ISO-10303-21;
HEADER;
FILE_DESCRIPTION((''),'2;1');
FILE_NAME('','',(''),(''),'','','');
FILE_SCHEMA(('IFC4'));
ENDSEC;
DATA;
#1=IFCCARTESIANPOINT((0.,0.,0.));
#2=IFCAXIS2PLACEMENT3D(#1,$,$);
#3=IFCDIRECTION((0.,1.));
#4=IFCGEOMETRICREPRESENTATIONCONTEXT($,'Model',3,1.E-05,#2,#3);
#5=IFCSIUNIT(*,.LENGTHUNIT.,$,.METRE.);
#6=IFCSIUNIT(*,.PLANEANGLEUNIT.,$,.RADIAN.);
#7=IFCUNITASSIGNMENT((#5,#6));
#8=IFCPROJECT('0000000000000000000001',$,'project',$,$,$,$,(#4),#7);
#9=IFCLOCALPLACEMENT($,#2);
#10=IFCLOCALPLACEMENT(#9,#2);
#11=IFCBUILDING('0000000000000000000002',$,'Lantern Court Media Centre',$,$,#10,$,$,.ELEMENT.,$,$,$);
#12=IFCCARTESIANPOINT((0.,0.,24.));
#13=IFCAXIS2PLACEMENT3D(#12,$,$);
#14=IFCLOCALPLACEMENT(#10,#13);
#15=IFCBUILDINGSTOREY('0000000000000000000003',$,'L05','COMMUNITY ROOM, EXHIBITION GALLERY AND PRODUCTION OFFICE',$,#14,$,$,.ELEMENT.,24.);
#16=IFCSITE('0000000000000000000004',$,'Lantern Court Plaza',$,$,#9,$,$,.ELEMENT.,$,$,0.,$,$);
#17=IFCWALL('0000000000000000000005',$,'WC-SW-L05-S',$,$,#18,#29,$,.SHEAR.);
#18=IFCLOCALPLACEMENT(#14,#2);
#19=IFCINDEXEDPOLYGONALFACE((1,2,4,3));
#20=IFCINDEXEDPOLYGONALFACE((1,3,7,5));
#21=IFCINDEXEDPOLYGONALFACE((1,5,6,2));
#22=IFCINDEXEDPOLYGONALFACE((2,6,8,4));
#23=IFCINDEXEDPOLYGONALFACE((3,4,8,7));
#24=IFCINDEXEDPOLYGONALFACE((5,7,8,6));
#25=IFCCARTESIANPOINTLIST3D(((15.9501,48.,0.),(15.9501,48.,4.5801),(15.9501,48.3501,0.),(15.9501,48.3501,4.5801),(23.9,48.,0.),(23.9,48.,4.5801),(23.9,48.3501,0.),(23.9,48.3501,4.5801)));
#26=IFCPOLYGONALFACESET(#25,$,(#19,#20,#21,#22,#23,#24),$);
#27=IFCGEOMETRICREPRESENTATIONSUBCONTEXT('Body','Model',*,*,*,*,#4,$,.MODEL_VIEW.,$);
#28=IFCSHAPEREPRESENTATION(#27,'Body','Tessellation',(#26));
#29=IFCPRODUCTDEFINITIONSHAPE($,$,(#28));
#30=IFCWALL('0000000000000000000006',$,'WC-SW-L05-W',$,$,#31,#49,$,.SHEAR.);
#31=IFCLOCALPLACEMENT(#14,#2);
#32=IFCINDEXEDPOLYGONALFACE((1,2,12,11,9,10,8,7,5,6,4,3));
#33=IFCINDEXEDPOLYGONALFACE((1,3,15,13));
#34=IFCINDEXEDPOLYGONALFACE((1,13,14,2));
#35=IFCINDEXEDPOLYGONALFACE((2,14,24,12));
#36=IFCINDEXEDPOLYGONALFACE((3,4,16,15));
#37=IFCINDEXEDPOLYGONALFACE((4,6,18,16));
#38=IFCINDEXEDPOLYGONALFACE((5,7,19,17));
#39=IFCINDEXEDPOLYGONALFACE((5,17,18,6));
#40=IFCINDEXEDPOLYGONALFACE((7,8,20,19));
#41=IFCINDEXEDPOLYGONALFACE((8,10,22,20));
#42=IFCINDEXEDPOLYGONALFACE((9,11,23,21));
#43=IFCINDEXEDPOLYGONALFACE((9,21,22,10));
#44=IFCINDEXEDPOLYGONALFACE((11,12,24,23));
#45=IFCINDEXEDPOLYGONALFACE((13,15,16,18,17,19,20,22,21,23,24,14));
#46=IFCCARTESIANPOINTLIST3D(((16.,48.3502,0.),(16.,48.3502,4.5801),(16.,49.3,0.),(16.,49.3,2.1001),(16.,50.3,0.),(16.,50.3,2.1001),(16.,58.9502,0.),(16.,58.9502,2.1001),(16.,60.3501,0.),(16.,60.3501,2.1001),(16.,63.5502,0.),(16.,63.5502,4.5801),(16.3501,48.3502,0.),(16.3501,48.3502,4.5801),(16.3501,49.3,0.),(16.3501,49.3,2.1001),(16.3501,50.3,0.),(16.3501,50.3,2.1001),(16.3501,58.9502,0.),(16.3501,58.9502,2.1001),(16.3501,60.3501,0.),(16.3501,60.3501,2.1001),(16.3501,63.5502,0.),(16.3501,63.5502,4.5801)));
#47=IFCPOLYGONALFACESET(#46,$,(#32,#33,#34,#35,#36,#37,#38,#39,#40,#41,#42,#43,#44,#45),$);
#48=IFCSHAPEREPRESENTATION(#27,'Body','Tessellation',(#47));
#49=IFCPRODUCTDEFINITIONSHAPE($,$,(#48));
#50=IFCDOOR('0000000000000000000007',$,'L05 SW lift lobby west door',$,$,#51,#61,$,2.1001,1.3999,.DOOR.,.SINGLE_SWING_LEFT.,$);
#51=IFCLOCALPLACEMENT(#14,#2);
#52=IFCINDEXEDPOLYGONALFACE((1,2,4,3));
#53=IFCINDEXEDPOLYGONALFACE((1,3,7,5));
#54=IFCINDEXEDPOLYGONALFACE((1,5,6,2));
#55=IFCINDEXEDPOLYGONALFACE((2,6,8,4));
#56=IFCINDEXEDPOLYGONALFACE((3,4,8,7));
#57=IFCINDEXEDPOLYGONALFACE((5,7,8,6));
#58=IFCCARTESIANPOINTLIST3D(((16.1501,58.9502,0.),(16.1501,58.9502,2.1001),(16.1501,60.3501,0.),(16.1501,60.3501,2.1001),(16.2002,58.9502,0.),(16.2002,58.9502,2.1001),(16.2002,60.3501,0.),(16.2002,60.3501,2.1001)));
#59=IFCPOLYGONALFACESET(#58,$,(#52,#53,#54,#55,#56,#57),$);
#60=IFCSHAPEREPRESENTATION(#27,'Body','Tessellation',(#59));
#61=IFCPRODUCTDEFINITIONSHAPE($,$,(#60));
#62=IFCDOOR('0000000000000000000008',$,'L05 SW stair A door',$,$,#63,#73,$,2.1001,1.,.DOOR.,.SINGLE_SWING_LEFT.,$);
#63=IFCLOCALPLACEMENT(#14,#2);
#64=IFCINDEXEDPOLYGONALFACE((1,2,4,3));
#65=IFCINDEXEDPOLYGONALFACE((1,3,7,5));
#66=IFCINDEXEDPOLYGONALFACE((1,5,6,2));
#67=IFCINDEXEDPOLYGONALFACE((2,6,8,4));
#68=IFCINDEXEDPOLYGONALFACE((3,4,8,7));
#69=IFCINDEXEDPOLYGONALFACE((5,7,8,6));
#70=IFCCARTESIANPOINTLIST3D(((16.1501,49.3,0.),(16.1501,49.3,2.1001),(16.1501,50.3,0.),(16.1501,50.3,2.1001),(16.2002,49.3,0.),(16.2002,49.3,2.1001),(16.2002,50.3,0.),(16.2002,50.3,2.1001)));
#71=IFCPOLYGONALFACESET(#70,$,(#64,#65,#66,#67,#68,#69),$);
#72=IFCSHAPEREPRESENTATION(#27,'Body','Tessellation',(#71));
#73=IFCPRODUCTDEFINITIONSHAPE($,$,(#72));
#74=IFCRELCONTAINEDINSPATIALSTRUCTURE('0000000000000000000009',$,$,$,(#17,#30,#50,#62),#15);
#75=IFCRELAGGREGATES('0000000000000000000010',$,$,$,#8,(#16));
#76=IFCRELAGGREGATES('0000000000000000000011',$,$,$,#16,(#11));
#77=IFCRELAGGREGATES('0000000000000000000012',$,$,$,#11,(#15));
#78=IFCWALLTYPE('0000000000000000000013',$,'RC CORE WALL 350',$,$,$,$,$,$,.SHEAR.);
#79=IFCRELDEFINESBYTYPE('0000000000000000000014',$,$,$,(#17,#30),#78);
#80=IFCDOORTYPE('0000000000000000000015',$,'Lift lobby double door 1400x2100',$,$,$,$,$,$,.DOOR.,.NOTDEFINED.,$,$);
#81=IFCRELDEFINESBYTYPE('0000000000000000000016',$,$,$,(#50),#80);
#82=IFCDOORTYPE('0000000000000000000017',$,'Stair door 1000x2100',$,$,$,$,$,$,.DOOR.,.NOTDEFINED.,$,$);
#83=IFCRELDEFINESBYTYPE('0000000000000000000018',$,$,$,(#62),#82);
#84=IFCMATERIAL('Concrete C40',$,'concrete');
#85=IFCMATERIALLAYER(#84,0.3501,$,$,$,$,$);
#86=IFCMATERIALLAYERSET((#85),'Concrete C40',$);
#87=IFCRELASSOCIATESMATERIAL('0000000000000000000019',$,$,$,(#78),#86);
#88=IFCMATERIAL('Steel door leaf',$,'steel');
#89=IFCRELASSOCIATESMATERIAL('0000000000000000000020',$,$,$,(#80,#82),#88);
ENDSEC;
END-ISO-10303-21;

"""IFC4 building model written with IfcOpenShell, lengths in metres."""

from ifc_helpers import new_model, si_unit, direction, frame, frame_2d, origin, place, context, subcontext, project, spatial, rectangle, extrude, material, layer, layer_set, type_object, element, fill, save


model = new_model("IFC4")

# Units and contexts
model_context = context("Model", 3, precision=1e-05, world=origin(), true_north=direction((0.0, 1.0)))
body_context = subcontext(model_context, "Body", "Model", "MODEL_VIEW")
ifc_project = project(units=[si_unit("LENGTHUNIT", "METRE"), si_unit("PLANEANGLEUNIT", "RADIAN")], contexts=[model_context])

# Site, building, storey
site_placement = place(None, origin())
site = spatial("IfcSite", under=ifc_project, at=site_placement, Name="Lantern Court Plaza", CompositionType="ELEMENT", RefElevation=0.0)
building_placement = place(site_placement, origin())
building = spatial("IfcBuilding", under=site, at=building_placement, Name="Lantern Court Media Centre", CompositionType="ELEMENT")
storey_placement = place(building_placement, frame((0.0, 0.0, 24.0)))
storey = spatial("IfcBuildingStorey", under=building, at=storey_placement, Name="L05", Description="COMMUNITY ROOM, EXHIBITION GALLERY AND PRODUCTION OFFICE", CompositionType="ELEMENT", Elevation=24.0)

# Wall
ifc_material_1 = material(Name="Concrete C40", Category="concrete")
ifc_layer_1 = layer(ifc_material_1, 0.3501)
ifc_layer_set_1 = layer_set([ifc_layer_1], Name="Concrete C40")
wall_type_1 = type_object("IfcWallType", Name="RC CORE WALL 350", PredefinedType="SHEAR", material=ifc_layer_set_1)
wall_1_placement = place(storey_placement, frame((15.95, 48.175, 0.0), z_axis=(0.0, 0.0, 1.0), x_axis=(1.0, 0.0, 0.0)))
element("IfcWall", 1, at=wall_1_placement, inside=storey, type_object=wall_type_1, Name="WC-SW-L05-S", PredefinedType="SHEAR", context=body_context, shape_type="SweptSolid", body=[
    extrude(rectangle(XDim=7.95, YDim=0.3501, at=frame_2d((3.9751, 0.0))), origin(), (0.0, 0.0, 1.0), 4.5801),
])

# Wall, openings, doors
wall_2_placement = place(storey_placement, frame((16.175, 48.3501, 0.0), z_axis=(0.0, 0.0, 1.0), x_axis=(0.0, 1.0, 0.0)))
wall_2 = element("IfcWall", 2, at=wall_2_placement, inside=storey, type_object=wall_type_1, Name="WC-SW-L05-W", PredefinedType="SHEAR", context=body_context, shape_type="SweptSolid", body=[
    extrude(rectangle(XDim=15.2, YDim=0.3501, at=frame_2d((7.6001, 0.0))), origin(), (0.0, 0.0, 1.0), 4.5801),
])
opening_1_placement = place(wall_2_placement, frame((0.95, 0.0, 0.0)))
opening_1 = element("IfcOpeningElement", 3, at=opening_1_placement, cuts=wall_2, PredefinedType="OPENING", context=body_context, shape_type="SweptSolid", body=[
    extrude(rectangle(XDim=1.0, YDim=2.1001, at=frame_2d((0.5, 1.05))), frame((0.0, 0.1851, 0.0), z_axis=(0.0, -1.0, 0.0), x_axis=(1.0, 0.0, 0.0)), (0.0, 0.0, 1.0), 0.3701),
])
opening_2_placement = place(wall_2_placement, frame((10.6001, 0.0, 0.0)))
opening_2 = element("IfcOpeningElement", 4, at=opening_2_placement, cuts=wall_2, PredefinedType="OPENING", context=body_context, shape_type="SweptSolid", body=[
    extrude(rectangle(XDim=1.3999, YDim=2.1001, at=frame_2d((0.7, 1.05))), frame((0.0, 0.1851, 0.0), z_axis=(0.0, -1.0, 0.0), x_axis=(1.0, 0.0, 0.0)), (0.0, 0.0, 1.0), 0.3701),
])
ifc_material_2 = material(Name="Steel door leaf", Category="steel")
door_type_1 = type_object("IfcDoorType", Name="Lift lobby double door 1400x2100", OperationType="NOTDEFINED", PredefinedType="DOOR", material=ifc_material_2)
door_1_placement = place(opening_2_placement, origin())
door_1 = element("IfcDoor", 5, at=door_1_placement, inside=storey, type_object=door_type_1, Name="L05 SW lift lobby west door", OperationType="SINGLE_SWING_LEFT", OverallHeight=2.1001, OverallWidth=1.3999, PredefinedType="DOOR", context=body_context, shape_type="SweptSolid", body=[
    extrude(rectangle(XDim=1.3999, YDim=2.1001, at=frame_2d((0.7, 1.05))), frame((0.0, 0.0249, 0.0), z_axis=(0.0, -1.0, 0.0), x_axis=(1.0, 0.0, 0.0)), (0.0, 0.0, 1.0), 0.05),
])
fill(opening_2, door_1)
door_type_2 = type_object("IfcDoorType", Name="Stair door 1000x2100", OperationType="NOTDEFINED", PredefinedType="DOOR", material=ifc_material_2)
door_2_placement = place(opening_1_placement, origin())
door_2 = element("IfcDoor", 6, at=door_2_placement, inside=storey, type_object=door_type_2, Name="L05 SW stair A door", OperationType="SINGLE_SWING_LEFT", OverallHeight=2.1001, OverallWidth=1.0, PredefinedType="DOOR", context=body_context, shape_type="SweptSolid", body=[
    extrude(rectangle(XDim=1.0, YDim=2.1001, at=frame_2d((0.5, 1.05))), frame((0.0, 0.0249, 0.0), z_axis=(0.0, -1.0, 0.0), x_axis=(1.0, 0.0, 0.0)), (0.0, 0.0, 1.0), 0.05),
])
fill(opening_1, door_2)

save(model, "model.ifc")
